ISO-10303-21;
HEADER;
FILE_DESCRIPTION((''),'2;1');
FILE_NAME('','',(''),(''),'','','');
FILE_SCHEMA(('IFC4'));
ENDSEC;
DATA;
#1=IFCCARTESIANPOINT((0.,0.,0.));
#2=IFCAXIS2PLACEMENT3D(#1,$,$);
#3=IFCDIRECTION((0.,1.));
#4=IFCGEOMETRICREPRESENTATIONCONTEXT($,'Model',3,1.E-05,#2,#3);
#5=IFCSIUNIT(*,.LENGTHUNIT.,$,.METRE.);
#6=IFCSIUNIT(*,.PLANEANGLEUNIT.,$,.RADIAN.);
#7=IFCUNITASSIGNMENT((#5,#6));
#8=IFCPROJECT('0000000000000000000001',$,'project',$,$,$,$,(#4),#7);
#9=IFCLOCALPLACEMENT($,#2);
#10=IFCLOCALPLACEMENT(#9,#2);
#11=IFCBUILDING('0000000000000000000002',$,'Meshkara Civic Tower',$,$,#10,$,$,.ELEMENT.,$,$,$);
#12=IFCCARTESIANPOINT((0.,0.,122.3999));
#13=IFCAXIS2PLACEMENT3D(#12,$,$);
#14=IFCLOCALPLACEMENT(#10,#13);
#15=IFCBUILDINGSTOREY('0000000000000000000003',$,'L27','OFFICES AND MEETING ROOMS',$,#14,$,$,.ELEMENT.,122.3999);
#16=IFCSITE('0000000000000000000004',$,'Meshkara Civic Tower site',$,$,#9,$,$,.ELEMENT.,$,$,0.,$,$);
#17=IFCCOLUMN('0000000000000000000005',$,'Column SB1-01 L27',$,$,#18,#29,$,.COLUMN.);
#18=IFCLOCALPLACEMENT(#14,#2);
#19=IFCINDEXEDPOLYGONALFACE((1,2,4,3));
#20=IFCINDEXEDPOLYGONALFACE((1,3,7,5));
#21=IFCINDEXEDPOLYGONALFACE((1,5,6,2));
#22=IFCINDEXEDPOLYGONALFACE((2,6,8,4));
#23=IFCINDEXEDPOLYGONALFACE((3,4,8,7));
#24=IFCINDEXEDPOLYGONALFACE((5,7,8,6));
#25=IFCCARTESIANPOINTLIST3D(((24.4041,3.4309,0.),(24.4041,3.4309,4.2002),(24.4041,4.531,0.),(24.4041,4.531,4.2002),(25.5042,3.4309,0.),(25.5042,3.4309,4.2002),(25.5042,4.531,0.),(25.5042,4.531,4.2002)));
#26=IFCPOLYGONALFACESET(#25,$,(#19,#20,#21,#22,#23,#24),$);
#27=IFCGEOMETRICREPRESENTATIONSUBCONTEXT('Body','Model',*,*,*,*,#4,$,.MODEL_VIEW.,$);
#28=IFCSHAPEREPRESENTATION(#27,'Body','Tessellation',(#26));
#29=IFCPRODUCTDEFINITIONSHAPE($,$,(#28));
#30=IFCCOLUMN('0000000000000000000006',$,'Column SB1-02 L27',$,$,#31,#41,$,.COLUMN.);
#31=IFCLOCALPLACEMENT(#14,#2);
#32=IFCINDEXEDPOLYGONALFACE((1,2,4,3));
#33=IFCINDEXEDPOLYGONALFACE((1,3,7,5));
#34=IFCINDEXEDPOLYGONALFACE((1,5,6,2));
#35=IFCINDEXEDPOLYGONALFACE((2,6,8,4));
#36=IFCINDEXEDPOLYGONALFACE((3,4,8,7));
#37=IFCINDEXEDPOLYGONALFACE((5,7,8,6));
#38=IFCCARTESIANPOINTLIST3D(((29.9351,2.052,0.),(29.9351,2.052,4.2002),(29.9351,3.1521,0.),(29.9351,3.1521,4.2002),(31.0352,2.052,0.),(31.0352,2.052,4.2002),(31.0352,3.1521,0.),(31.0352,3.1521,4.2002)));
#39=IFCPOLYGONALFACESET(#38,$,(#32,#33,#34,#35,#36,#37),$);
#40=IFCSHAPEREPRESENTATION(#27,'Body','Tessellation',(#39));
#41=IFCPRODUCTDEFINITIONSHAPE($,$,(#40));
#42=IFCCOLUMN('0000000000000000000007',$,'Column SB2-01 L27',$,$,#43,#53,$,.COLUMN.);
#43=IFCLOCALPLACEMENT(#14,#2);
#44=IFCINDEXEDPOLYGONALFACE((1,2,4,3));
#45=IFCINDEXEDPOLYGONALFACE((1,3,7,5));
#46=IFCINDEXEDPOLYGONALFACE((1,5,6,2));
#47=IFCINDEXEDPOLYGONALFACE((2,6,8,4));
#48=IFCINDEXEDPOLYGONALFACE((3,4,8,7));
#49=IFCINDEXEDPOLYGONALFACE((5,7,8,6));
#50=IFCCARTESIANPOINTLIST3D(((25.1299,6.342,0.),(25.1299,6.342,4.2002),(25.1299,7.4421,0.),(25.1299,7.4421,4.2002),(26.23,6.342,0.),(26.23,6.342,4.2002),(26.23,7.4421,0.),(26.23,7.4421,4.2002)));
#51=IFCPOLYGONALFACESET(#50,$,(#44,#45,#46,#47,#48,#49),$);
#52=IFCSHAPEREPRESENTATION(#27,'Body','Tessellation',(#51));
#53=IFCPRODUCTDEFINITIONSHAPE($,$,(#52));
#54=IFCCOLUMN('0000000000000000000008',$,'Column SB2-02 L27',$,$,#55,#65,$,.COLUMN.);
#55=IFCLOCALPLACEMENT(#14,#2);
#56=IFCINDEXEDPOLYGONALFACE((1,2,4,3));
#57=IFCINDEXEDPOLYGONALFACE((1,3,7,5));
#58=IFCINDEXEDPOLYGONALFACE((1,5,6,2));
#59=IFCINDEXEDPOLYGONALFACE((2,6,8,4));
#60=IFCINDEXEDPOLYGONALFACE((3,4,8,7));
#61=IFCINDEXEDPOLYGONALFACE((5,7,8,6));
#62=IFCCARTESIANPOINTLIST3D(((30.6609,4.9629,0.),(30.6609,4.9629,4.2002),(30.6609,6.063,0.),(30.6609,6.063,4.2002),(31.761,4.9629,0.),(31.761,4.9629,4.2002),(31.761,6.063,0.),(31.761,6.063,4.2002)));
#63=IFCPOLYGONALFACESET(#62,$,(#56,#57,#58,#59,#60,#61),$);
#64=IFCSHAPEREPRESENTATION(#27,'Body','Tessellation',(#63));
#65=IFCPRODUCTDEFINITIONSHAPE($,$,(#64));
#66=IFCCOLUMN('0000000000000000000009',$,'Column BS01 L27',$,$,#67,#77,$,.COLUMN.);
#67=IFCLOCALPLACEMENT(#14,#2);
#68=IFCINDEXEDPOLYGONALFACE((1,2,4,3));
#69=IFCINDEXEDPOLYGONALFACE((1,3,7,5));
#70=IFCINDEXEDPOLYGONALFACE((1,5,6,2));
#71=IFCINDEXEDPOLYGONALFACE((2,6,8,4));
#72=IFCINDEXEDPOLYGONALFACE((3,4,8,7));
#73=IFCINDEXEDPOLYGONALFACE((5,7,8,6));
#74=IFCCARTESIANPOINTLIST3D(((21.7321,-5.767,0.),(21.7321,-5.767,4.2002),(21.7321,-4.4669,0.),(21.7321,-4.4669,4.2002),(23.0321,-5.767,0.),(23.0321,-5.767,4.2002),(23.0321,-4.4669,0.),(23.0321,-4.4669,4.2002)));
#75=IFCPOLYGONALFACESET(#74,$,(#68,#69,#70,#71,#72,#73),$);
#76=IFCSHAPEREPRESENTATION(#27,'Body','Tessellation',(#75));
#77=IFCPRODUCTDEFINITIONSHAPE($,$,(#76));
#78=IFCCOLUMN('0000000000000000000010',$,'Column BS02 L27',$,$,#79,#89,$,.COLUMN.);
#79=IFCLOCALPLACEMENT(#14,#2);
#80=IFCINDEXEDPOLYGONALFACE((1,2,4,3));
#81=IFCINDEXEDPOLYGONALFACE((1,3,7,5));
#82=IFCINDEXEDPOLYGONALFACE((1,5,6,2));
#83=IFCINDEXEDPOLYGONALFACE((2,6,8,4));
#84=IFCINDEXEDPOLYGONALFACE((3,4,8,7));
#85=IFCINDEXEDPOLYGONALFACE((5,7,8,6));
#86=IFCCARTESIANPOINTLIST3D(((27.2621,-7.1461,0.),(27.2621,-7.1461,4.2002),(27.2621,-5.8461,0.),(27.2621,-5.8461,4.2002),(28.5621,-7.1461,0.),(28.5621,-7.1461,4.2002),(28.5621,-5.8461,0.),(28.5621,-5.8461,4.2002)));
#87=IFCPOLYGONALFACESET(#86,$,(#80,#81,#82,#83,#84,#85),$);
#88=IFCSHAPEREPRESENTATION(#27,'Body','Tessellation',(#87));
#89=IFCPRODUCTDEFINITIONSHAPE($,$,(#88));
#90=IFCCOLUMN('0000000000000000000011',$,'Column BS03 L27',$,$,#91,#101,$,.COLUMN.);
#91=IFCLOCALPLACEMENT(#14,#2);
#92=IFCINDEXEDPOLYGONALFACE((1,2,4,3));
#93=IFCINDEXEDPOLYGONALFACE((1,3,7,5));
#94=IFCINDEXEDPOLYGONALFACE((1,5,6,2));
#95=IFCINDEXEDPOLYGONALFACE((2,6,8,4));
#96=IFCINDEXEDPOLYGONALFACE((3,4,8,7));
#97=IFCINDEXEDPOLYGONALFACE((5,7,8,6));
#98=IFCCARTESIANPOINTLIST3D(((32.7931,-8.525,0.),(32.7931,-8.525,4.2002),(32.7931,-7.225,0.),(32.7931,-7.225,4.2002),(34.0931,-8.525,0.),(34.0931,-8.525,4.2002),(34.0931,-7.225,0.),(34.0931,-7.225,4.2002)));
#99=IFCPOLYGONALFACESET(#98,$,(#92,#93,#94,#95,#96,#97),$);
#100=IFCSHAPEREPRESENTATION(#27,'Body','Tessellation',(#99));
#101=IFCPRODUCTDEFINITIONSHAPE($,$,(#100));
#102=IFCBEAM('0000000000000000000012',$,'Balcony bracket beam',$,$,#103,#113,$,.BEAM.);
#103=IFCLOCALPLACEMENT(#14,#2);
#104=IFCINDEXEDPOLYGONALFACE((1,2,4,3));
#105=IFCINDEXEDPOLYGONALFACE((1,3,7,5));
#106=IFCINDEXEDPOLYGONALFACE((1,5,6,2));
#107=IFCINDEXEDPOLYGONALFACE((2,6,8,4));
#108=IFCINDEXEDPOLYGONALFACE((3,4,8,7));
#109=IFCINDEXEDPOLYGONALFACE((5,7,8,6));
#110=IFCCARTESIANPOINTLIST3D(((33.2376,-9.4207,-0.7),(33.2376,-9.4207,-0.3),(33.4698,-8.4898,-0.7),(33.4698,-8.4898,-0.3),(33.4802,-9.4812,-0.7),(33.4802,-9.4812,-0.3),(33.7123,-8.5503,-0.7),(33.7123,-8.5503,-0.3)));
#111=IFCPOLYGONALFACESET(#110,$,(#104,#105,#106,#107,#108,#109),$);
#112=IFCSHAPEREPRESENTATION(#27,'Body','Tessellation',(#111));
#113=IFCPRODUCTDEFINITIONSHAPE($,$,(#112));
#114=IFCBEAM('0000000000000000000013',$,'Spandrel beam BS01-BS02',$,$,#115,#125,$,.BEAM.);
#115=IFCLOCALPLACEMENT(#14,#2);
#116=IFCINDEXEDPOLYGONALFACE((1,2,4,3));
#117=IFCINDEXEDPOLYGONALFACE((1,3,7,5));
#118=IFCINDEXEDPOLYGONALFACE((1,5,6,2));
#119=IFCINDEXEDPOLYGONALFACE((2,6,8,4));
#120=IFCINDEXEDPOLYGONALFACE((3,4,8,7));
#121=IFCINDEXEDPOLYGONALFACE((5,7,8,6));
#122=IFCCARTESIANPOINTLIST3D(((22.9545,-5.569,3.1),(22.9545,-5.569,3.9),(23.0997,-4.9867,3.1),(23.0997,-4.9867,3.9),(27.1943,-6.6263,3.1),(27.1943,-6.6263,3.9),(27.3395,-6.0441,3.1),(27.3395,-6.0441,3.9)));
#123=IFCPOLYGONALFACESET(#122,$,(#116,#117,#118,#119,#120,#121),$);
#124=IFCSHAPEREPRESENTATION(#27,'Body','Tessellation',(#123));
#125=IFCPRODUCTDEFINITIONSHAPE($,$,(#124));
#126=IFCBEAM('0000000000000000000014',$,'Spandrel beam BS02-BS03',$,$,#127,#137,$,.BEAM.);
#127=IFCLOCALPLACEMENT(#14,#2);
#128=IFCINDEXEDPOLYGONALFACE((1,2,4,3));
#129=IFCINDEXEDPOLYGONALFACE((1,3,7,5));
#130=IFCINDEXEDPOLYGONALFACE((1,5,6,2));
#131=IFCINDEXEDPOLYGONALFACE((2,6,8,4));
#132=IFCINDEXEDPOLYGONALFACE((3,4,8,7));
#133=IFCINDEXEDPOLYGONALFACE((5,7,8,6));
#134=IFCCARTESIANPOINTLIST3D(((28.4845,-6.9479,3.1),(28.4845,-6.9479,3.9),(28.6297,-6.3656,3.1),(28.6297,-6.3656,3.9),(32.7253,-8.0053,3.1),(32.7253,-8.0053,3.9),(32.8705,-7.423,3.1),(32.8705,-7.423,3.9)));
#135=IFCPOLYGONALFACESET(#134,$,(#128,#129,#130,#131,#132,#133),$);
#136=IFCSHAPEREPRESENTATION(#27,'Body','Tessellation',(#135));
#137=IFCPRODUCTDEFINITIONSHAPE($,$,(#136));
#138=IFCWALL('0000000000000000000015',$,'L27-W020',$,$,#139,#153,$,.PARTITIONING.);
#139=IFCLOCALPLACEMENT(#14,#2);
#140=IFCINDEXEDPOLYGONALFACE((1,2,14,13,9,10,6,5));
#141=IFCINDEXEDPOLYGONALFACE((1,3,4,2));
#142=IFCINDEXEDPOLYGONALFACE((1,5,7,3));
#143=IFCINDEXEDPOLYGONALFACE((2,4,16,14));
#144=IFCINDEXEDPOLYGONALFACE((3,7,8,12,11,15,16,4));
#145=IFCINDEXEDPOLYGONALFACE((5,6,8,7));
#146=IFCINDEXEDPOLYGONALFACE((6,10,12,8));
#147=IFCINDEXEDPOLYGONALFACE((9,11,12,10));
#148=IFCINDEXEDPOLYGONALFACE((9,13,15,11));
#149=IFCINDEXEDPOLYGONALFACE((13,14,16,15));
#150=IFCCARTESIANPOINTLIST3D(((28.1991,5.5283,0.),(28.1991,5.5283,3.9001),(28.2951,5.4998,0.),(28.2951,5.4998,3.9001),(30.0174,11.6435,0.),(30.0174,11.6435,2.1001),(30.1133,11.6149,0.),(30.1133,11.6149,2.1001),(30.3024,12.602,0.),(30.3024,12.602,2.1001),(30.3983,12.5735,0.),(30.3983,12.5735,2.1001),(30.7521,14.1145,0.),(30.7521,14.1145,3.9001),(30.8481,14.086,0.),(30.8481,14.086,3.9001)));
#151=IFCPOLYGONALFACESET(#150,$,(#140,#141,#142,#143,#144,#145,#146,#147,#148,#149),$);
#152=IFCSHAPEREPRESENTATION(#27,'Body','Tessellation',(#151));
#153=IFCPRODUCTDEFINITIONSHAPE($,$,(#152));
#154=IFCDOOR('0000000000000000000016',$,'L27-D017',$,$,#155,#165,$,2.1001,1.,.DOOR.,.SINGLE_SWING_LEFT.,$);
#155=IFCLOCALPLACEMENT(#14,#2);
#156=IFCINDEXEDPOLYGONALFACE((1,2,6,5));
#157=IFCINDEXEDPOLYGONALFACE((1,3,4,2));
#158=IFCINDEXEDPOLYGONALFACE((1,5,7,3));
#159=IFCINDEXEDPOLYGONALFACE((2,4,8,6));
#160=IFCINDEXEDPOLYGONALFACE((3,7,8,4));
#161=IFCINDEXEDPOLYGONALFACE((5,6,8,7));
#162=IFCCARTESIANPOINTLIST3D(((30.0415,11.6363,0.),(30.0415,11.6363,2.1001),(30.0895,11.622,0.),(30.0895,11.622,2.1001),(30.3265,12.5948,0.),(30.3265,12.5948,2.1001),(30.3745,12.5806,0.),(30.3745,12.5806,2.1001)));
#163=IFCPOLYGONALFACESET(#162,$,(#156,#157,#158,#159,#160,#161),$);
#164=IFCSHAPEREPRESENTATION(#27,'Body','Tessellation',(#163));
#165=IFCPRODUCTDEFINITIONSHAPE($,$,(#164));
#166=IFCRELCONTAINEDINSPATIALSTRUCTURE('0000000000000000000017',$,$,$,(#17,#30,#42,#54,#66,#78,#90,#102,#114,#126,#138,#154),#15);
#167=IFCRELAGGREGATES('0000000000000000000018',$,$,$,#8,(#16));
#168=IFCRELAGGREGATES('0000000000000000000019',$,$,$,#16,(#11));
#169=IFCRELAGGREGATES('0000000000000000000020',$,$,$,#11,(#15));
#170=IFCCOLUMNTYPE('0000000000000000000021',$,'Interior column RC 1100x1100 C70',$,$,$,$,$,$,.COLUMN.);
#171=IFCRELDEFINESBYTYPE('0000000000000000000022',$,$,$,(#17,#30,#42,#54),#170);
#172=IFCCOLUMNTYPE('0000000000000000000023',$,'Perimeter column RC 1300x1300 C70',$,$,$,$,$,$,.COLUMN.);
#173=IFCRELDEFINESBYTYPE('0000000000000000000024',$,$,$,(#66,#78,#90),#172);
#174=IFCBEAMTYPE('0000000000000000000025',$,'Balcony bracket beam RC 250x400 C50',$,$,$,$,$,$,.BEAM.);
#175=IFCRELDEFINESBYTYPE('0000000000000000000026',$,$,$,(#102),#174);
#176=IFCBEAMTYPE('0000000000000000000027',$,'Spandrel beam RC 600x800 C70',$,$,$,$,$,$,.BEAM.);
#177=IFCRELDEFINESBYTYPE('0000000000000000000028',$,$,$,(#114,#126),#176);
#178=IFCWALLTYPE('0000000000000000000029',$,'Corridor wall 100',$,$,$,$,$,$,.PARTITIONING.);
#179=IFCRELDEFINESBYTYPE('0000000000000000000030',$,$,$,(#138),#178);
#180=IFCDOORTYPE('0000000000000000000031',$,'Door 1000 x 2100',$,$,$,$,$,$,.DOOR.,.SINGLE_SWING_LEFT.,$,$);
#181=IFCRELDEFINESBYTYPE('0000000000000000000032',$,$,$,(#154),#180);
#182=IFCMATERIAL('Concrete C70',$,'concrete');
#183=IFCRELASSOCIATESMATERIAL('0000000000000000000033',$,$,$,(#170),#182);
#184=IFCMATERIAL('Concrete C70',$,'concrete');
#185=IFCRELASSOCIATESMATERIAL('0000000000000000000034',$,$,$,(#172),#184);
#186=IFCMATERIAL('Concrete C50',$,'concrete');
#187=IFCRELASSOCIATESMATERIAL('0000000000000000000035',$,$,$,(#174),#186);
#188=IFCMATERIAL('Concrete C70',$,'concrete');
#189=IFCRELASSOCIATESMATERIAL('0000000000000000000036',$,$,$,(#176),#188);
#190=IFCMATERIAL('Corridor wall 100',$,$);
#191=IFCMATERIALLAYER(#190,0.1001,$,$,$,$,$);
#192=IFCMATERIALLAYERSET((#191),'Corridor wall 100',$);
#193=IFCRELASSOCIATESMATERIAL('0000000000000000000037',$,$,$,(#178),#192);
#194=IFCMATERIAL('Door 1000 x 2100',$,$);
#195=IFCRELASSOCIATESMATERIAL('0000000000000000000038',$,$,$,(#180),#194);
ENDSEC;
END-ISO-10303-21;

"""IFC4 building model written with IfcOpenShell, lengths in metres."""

from ifc_helpers import new_model, si_unit, direction, frame, frame_2d, origin, origin_2d, place, context, subcontext, project, spatial, rectangle, extrude, material, layer, layer_set, material_profile, profile_set, type_object, element, fill, save


model = new_model("IFC4")

# Units and contexts
model_context = context("Model", 3, precision=1e-05, world=origin(), true_north=direction((0.0, 1.0)))
body_context = subcontext(model_context, "Body", "Model", "MODEL_VIEW")
ifc_project = project(units=[si_unit("LENGTHUNIT", "METRE"), si_unit("PLANEANGLEUNIT", "RADIAN")], contexts=[model_context])

# Site, building, storey
site_placement = place(None, origin())
site = spatial("IfcSite", under=ifc_project, at=site_placement, Name="Meshkara Civic Tower site", CompositionType="ELEMENT", RefElevation=0.0)
building_placement = place(site_placement, origin())
building = spatial("IfcBuilding", under=site, at=building_placement, Name="Meshkara Civic Tower", CompositionType="ELEMENT")
storey_placement = place(building_placement, frame((0.0, 0.0, 122.3999)))
storey = spatial("IfcBuildingStorey", under=building, at=storey_placement, Name="L27", Description="OFFICES AND MEETING ROOMS", CompositionType="ELEMENT", Elevation=122.3999)

# Columns
ifc_material_1 = material(Name="Concrete C70", Category="concrete")
ifc_material_profile_1 = material_profile(ifc_material_1, rectangle(XDim=1.1001, YDim=1.1001, at=origin_2d()))
ifc_profile_set_1 = profile_set([ifc_material_profile_1], Name="Concrete C70")
column_type_1 = type_object("IfcColumnType", Name="Interior column RC 1100x1100 C70", PredefinedType="COLUMN", material=ifc_profile_set_1)
for number, where, z_axis, x_axis, name in (
    (1, (24.9541, 3.981, 0.0), (0.0, 0.0, 1.0), (1.0, 0.0, 0.0), "Column SB1-01 L27"),
    (2, (30.4851, 2.6021, 0.0), (0.0, 0.0, 1.0), (1.0, 0.0, 0.0), "Column SB1-02 L27"),
    (3, (25.6799, 6.8921, 0.0), (0.0, 0.0, 1.0), (1.0, 0.0, 0.0), "Column SB2-01 L27"),
    (4, (31.2109, 5.5129, 0.0), (0.0, 0.0, 1.0), (1.0, 0.0, 0.0), "Column SB2-02 L27"),
):
    element("IfcColumn", number, at=place(storey_placement, frame(where, z_axis=z_axis, x_axis=x_axis)), inside=storey, type_object=column_type_1, Name=name, PredefinedType="COLUMN", context=body_context, shape_type="SweptSolid", body=[
        extrude(rectangle(XDim=1.1001, YDim=1.1001, at=origin_2d()), origin(), (0.0, 0.0, 1.0), 4.2002),
    ])
ifc_material_2 = material(Name="Concrete C70", Category="concrete")
ifc_material_profile_2 = material_profile(ifc_material_2, rectangle(XDim=1.3, YDim=1.3, at=origin_2d()))
ifc_profile_set_2 = profile_set([ifc_material_profile_2], Name="Concrete C70")
column_type_2 = type_object("IfcColumnType", Name="Perimeter column RC 1300x1300 C70", PredefinedType="COLUMN", material=ifc_profile_set_2)
for number, where, z_axis, x_axis, name in (
    (5, (22.3821, -5.1169, 0.0), (0.0, 0.0, 1.0), (1.0, 0.0, 0.0), "Column BS01 L27"),
    (6, (27.9121, -6.4961, 0.0), (0.0, 0.0, 1.0), (1.0, 0.0, 0.0), "Column BS02 L27"),
    (7, (33.4431, -7.875, 0.0), (0.0, 0.0, 1.0), (1.0, 0.0, 0.0), "Column BS03 L27"),
):
    element("IfcColumn", number, at=place(storey_placement, frame(where, z_axis=z_axis, x_axis=x_axis)), inside=storey, type_object=column_type_2, Name=name, PredefinedType="COLUMN", context=body_context, shape_type="SweptSolid", body=[
        extrude(rectangle(XDim=1.3, YDim=1.3, at=origin_2d()), origin(), (0.0, 0.0, 1.0), 4.2002),
    ])

# Beams
ifc_material_3 = material(Name="Concrete C50", Category="concrete")
ifc_material_profile_3 = material_profile(ifc_material_3, rectangle(XDim=0.25, YDim=0.3999, at=origin_2d()))
ifc_profile_set_3 = profile_set([ifc_material_profile_3], Name="Concrete C50")
beam_type_1 = type_object("IfcBeamType", Name="Balcony bracket beam RC 250x400 C50", PredefinedType="BEAM", material=ifc_profile_set_3)
beam_1_placement = place(storey_placement, frame((33.5911, -8.52, -0.5), z_axis=(-0.241997, -0.970277, 0.0), x_axis=(0.970277, -0.241997, 0.0)))
element("IfcBeam", 8, at=beam_1_placement, inside=storey, type_object=beam_type_1, Name="Balcony bracket beam", PredefinedType="BEAM", context=body_context, shape_type="SweptSolid", body=[
    extrude(rectangle(XDim=0.25, YDim=0.3999, at=origin_2d()), origin(), (0.0, 0.0, 1.0), 0.9595),
])
ifc_material_4 = material(Name="Concrete C70", Category="concrete")
ifc_material_profile_4 = material_profile(ifc_material_4, rectangle(XDim=0.6001, YDim=0.8, at=origin_2d()))
ifc_profile_set_4 = profile_set([ifc_material_profile_4], Name="Concrete C70")
beam_type_2 = type_object("IfcBeamType", Name="Spandrel beam RC 600x800 C70", PredefinedType="BEAM", material=ifc_profile_set_4)
beam_2_placement = place(storey_placement, frame((23.0271, -5.2778, 3.5), z_axis=(0.97028, -0.241983, 0.0), x_axis=(0.241983, 0.97028, 0.0)))
element("IfcBeam", 9, at=beam_2_placement, inside=storey, type_object=beam_type_2, Name="Spandrel beam BS01-BS02", PredefinedType="BEAM", context=body_context, shape_type="SweptSolid", body=[
    extrude(rectangle(XDim=0.6001, YDim=0.8, at=origin_2d()), origin(), (0.0, 0.0, 1.0), 4.3696),
])
beam_3_placement = place(storey_placement, frame((28.5571, -6.6567, 3.5), z_axis=(0.970293, -0.241931, 0.0), x_axis=(0.241931, 0.970293, 0.0)))
element("IfcBeam", 10, at=beam_3_placement, inside=storey, type_object=beam_type_2, Name="Spandrel beam BS02-BS03", PredefinedType="BEAM", context=body_context, shape_type="SweptSolid", body=[
    extrude(rectangle(XDim=0.6001, YDim=0.8, at=origin_2d()), origin(), (0.0, 0.0, 1.0), 4.3706),
])

# Wall, opening, door
ifc_material_5 = material(Name="Corridor wall 100")
ifc_layer_1 = layer(ifc_material_5, 0.1001)
ifc_layer_set_1 = layer_set([ifc_layer_1], Name="Corridor wall 100")
wall_type_1 = type_object("IfcWallType", Name="Corridor wall 100", PredefinedType="PARTITIONING", material=ifc_layer_set_1)
wall_1_placement = place(storey_placement, frame((28.2471, 5.5139, 0.0), z_axis=(0.0, 0.0, 1.0), x_axis=(0.285004, 0.958526, 0.0)))
wall_1 = element("IfcWall", 11, at=wall_1_placement, inside=storey, type_object=wall_type_1, Name="L27-W020", PredefinedType="PARTITIONING", context=body_context, shape_type="SweptSolid", body=[
    extrude(rectangle(XDim=8.9578, YDim=0.1001, at=frame_2d((4.479, 0.0))), origin(), (0.0, 0.0, 1.0), 3.9001),
])
opening_1_placement = place(wall_1_placement, frame((6.3799, 0.0, 0.0)))
opening_1 = element("IfcOpeningElement", 12, at=opening_1_placement, cuts=wall_1, PredefinedType="OPENING", context=body_context, shape_type="SweptSolid", body=[
    extrude(rectangle(XDim=1.0, YDim=2.1001, at=frame_2d((0.5, 1.05))), frame((0.0, 0.0601, 0.0), z_axis=(0.0, -1.0, 0.0), x_axis=(1.0, 0.0, 0.0)), (0.0, 0.0, 1.0), 0.1201),
])
ifc_material_6 = material(Name="Door 1000 x 2100")
door_type_1 = type_object("IfcDoorType", Name="Door 1000 x 2100", OperationType="SINGLE_SWING_LEFT", PredefinedType="DOOR", material=ifc_material_6)
door_1_placement = place(opening_1_placement, origin())
door_1 = element("IfcDoor", 13, at=door_1_placement, inside=storey, type_object=door_type_1, Name="L27-D017", OperationType="SINGLE_SWING_LEFT", OverallHeight=2.1001, OverallWidth=1.0, PredefinedType="DOOR", context=body_context, shape_type="SweptSolid", body=[
    extrude(rectangle(XDim=1.0, YDim=2.1001, at=frame_2d((0.5, 1.05))), frame((0.0, 0.0249, 0.0), z_axis=(0.0, -1.0, 0.0), x_axis=(1.0, 0.0, 0.0)), (0.0, 0.0, 1.0), 0.05),
])
fill(opening_1, door_1)

save(model, "model.ifc")
